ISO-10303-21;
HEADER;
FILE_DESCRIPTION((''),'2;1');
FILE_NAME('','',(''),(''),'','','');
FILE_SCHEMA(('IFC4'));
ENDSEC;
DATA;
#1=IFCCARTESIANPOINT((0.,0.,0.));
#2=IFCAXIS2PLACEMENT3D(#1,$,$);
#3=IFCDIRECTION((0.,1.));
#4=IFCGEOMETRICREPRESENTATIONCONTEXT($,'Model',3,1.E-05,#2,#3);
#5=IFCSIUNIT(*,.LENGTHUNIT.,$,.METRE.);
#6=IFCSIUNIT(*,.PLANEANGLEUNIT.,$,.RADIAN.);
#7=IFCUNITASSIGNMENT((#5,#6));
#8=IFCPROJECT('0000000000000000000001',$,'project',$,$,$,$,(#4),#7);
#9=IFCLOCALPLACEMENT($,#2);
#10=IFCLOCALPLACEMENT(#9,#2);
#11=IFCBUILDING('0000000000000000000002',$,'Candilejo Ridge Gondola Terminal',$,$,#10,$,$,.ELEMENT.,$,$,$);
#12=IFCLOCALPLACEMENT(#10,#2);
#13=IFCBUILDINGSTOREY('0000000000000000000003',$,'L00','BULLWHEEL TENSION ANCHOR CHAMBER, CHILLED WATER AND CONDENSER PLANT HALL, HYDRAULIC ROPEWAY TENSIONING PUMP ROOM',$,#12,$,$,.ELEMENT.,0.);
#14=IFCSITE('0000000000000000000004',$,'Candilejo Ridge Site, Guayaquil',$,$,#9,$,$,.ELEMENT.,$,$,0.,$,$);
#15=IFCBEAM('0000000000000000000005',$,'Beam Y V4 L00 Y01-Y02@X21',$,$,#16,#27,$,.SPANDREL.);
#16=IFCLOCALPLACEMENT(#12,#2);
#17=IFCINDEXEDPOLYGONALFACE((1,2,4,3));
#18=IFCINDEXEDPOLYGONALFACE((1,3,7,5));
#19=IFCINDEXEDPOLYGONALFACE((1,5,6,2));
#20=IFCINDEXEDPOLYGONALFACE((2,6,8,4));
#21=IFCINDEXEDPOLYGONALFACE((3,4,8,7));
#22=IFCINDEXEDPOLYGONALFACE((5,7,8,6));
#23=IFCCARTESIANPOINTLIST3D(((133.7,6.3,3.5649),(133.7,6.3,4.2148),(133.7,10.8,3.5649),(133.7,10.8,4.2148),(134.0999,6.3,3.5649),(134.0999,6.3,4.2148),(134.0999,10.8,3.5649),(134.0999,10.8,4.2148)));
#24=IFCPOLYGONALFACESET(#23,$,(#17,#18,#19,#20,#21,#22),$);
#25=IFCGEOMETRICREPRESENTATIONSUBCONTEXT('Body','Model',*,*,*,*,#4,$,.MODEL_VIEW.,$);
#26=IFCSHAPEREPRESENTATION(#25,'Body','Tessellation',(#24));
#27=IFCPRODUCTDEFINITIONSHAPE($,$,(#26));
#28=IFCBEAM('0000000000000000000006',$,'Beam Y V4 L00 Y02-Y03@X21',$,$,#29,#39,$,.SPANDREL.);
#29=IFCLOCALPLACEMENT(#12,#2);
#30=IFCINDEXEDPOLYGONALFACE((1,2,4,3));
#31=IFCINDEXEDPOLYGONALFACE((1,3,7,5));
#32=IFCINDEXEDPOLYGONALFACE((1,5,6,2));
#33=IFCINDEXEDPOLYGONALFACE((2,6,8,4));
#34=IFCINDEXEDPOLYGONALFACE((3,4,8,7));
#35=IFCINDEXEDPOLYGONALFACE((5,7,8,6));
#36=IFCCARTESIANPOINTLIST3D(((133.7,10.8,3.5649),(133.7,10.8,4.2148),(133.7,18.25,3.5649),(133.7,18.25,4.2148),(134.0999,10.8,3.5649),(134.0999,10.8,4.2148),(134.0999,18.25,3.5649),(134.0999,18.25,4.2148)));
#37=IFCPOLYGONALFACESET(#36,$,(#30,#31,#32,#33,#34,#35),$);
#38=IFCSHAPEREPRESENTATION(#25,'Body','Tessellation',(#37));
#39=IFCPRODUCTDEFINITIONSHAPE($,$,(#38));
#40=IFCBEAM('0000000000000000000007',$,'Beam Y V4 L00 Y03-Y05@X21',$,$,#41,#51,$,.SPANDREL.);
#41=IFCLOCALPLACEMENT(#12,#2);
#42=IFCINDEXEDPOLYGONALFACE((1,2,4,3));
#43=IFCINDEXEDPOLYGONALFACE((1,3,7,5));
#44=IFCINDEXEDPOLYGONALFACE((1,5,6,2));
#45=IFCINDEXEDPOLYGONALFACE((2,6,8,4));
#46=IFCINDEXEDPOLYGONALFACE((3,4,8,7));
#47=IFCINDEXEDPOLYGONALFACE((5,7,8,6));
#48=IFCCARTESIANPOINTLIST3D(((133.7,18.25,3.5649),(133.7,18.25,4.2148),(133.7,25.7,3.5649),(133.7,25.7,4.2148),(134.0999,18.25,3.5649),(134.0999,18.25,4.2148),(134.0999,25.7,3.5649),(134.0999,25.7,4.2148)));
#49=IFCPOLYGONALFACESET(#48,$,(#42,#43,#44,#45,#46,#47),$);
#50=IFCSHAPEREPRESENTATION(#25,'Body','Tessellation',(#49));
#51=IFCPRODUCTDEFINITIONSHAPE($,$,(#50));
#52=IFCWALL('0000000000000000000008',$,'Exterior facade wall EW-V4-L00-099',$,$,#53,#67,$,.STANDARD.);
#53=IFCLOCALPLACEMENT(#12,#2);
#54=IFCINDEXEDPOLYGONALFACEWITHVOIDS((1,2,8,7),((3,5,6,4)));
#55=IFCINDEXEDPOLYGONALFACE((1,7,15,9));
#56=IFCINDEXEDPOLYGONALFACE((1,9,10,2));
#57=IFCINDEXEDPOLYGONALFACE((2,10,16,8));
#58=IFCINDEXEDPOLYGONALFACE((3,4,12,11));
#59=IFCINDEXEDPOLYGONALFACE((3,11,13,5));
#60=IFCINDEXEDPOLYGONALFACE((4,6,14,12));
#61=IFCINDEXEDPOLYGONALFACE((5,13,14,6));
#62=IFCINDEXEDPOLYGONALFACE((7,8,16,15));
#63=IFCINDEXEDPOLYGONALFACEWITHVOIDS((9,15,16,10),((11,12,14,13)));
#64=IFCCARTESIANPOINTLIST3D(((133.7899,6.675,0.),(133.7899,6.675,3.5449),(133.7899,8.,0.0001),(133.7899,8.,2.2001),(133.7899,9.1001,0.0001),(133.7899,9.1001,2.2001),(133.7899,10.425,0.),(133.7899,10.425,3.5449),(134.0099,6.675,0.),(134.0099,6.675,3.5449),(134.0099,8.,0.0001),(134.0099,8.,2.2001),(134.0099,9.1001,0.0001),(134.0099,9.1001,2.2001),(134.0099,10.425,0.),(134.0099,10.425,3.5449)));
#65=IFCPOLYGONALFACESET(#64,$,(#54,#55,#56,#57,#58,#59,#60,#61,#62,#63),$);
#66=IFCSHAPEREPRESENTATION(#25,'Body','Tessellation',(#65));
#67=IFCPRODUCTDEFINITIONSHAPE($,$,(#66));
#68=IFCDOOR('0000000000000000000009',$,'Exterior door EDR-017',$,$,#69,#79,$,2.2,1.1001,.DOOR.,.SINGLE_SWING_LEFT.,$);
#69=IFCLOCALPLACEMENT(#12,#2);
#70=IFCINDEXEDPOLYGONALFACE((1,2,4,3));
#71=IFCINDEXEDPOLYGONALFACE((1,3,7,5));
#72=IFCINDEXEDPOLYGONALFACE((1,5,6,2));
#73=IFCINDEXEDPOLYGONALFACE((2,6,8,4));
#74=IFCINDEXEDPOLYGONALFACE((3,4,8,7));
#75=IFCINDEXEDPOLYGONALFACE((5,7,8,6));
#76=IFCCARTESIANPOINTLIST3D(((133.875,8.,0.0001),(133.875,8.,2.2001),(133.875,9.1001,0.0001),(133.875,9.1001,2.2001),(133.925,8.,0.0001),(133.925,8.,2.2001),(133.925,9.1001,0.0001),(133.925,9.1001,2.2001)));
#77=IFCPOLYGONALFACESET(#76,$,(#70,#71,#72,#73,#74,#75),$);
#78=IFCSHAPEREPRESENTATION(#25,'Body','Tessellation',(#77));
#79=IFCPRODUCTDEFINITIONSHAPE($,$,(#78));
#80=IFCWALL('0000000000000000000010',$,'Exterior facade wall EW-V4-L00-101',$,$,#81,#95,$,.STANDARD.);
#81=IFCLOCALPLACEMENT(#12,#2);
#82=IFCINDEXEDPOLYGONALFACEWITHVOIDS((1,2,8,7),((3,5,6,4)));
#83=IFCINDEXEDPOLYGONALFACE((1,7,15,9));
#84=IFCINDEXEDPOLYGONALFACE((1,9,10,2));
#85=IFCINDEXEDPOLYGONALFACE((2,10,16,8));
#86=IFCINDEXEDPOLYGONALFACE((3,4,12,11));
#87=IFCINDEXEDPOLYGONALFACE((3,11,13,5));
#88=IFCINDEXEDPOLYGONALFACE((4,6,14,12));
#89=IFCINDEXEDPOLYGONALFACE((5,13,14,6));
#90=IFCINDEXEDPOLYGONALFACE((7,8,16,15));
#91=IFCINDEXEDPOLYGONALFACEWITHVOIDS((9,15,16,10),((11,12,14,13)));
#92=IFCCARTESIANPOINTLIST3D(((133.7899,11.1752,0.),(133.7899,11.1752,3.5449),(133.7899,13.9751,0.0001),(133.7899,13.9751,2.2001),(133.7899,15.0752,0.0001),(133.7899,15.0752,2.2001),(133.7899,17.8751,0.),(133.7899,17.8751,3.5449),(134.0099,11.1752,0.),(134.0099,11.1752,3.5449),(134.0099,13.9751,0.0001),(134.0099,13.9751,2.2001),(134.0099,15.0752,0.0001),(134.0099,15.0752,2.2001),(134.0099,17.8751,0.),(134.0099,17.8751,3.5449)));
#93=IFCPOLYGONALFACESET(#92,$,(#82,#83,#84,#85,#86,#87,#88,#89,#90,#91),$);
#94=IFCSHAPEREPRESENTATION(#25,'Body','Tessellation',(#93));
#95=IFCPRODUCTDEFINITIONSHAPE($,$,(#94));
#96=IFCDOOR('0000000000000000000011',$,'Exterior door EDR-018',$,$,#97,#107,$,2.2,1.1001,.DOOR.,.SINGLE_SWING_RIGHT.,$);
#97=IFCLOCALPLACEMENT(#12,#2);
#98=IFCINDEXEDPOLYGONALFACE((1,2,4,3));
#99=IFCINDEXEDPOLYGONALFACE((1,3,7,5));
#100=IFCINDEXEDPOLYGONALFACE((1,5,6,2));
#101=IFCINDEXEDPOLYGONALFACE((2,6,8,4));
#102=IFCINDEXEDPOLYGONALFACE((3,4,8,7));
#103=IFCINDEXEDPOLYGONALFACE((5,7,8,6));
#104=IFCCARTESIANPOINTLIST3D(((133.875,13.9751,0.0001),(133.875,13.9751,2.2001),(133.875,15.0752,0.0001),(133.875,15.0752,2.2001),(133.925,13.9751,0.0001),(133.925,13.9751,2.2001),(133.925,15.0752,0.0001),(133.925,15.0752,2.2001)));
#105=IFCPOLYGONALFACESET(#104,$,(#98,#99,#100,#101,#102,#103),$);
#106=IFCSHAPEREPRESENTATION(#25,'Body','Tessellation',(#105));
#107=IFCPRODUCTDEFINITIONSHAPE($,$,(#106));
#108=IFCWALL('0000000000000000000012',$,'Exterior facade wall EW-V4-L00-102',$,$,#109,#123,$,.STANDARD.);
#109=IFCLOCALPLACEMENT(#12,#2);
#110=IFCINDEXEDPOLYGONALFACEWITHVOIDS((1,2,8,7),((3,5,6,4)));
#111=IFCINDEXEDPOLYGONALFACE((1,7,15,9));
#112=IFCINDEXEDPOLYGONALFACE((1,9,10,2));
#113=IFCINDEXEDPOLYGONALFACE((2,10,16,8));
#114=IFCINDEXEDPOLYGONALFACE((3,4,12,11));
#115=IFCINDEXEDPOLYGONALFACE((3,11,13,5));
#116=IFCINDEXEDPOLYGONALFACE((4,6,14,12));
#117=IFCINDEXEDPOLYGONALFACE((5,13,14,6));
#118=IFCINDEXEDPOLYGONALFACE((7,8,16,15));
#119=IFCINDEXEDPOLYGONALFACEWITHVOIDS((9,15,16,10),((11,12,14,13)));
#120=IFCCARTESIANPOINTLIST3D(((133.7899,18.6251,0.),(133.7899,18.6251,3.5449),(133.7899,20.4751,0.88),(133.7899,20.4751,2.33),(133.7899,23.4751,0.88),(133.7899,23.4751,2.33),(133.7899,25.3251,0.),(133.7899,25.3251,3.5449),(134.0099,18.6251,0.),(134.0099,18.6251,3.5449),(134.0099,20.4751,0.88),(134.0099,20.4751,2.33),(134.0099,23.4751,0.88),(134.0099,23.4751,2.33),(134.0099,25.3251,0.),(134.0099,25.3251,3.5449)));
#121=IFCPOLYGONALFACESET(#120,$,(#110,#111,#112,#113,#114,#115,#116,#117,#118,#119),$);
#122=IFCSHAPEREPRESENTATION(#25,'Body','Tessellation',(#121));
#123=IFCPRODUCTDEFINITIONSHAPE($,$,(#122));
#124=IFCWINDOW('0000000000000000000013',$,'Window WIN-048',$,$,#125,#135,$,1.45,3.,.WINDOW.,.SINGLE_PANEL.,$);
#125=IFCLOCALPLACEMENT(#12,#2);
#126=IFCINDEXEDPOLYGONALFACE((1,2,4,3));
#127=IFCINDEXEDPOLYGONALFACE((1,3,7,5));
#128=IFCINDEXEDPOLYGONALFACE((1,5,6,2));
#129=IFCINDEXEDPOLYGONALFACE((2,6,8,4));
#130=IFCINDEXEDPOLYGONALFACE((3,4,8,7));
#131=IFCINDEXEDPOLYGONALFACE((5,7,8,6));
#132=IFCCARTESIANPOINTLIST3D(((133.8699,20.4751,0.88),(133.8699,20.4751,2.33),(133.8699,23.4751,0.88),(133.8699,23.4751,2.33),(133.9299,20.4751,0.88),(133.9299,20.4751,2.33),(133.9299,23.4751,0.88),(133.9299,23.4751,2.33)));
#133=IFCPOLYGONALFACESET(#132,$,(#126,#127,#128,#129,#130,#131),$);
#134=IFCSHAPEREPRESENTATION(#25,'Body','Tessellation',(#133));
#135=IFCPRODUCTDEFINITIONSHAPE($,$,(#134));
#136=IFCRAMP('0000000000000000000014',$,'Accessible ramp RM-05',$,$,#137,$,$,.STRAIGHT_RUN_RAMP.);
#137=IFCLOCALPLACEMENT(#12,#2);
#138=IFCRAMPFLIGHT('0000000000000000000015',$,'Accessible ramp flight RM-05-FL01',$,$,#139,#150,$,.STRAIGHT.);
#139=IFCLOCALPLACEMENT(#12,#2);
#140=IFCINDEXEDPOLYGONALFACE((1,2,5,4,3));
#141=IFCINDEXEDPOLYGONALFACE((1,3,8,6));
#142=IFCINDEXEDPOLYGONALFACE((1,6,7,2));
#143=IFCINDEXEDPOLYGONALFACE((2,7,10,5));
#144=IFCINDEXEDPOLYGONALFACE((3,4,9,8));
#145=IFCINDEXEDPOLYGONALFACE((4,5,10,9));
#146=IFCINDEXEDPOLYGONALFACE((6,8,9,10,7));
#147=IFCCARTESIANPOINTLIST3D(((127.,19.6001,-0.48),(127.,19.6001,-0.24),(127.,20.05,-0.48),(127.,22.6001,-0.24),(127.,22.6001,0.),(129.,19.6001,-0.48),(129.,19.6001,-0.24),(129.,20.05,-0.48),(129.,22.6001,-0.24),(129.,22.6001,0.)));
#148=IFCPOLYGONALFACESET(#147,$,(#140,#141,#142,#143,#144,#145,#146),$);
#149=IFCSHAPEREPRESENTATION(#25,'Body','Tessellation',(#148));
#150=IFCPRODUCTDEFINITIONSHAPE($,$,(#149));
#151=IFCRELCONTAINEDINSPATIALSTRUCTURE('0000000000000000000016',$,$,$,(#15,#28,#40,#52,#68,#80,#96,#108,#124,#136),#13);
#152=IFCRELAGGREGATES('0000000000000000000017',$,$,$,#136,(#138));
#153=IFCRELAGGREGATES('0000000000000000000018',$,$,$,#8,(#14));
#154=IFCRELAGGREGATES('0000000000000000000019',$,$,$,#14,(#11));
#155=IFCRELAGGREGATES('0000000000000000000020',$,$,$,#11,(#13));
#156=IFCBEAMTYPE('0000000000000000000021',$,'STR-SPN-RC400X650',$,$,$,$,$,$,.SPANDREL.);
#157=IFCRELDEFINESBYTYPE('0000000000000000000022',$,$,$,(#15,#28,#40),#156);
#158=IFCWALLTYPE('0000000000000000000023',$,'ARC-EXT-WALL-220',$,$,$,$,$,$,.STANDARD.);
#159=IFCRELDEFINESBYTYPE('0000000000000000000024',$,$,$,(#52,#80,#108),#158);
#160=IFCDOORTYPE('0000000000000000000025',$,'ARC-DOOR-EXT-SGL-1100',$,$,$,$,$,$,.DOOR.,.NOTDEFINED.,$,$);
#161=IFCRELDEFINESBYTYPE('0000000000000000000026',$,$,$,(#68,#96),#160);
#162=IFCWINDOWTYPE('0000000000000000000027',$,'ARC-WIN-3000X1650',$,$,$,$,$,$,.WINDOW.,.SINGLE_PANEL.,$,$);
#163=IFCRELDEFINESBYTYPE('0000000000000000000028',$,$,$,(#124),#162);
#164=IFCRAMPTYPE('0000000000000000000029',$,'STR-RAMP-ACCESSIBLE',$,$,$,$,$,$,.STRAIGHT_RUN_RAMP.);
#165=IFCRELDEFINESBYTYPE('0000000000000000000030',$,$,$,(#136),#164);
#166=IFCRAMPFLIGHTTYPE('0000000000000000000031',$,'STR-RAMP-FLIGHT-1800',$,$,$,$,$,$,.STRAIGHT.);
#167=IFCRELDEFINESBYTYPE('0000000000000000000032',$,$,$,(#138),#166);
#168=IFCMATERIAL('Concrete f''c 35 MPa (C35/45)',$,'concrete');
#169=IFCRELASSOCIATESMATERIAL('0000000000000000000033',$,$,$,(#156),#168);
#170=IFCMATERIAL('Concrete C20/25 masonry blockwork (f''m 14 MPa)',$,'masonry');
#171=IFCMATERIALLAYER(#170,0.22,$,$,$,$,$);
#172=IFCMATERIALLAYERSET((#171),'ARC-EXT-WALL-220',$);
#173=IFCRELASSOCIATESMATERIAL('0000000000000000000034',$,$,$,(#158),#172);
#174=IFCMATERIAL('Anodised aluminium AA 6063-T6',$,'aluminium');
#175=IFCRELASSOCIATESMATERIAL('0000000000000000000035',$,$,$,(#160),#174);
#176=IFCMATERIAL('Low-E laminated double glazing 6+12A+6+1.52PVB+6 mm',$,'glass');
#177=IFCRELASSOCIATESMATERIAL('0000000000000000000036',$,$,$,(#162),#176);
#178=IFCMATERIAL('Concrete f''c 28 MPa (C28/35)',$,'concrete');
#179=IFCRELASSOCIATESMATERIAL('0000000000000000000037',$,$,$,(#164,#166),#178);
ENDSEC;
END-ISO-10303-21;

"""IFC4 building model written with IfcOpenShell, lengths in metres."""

from ifc_helpers import new_model, si_unit, direction, frame, frame_2d, origin, origin_2d, place, context, subcontext, project, spatial, polyline, rectangle, outline, extrude, material, layer, layer_set, material_profile, profile_set, type_object, element, fill, aggregate, save


model = new_model("IFC4")

# Units and contexts
model_context = context("Model", 3, precision=1e-05, world=origin(), true_north=direction((0.0, 1.0)))
body_context = subcontext(model_context, "Body", "Model", "MODEL_VIEW")
ifc_project = project(units=[si_unit("LENGTHUNIT", "METRE"), si_unit("PLANEANGLEUNIT", "RADIAN")], contexts=[model_context])

# Site, building, storey
site_placement = place(None, origin())
site = spatial("IfcSite", under=ifc_project, at=site_placement, Name="Candilejo Ridge Site, Guayaquil", CompositionType="ELEMENT", RefElevation=0.0)
building_placement = place(site_placement, origin())
building = spatial("IfcBuilding", under=site, at=building_placement, Name="Candilejo Ridge Gondola Terminal", CompositionType="ELEMENT")
storey_placement = place(building_placement, origin())
storey = spatial("IfcBuildingStorey", under=building, at=storey_placement, Name="L00", Description="BULLWHEEL TENSION ANCHOR CHAMBER, CHILLED WATER AND CONDENSER PLANT HALL, HYDRAULIC ROPEWAY TENSIONING PUMP ROOM", CompositionType="ELEMENT", Elevation=0.0)

# Beams
ifc_material_1 = material(Name="Concrete f'c 35 MPa (C35/45)", Category="concrete")
ifc_material_profile_1 = material_profile(ifc_material_1, rectangle(XDim=0.3999, YDim=0.6499, at=origin_2d()))
ifc_profile_set_1 = profile_set([ifc_material_profile_1], Name="Concrete f'c 35 MPa (C35/45)")
beam_type_1 = type_object("IfcBeamType", Name="STR-SPN-RC400X650", PredefinedType="SPANDREL", material=ifc_profile_set_1)
beam_1_placement = place(storey_placement, frame((133.8999, 6.3, 3.8899), z_axis=(0.0, 1.0, 0.0), x_axis=(-1.0, 0.0, 0.0)))
element("IfcBeam", 1, at=beam_1_placement, inside=storey, type_object=beam_type_1, Name="Beam Y V4 L00 Y01-Y02@X21", PredefinedType="SPANDREL", context=body_context, shape_type="SweptSolid", body=[
    extrude(rectangle(XDim=0.3999, YDim=0.6499, at=origin_2d()), origin(), (0.0, 0.0, 1.0), 4.5),
])
for number, where, z_axis, x_axis, name in (
    (2, (133.8999, 10.8, 3.8899), (0.0, 1.0, 0.0), (-1.0, 0.0, 0.0), "Beam Y V4 L00 Y02-Y03@X21"),
    (3, (133.8999, 18.25, 3.8899), (0.0, 1.0, 0.0), (-1.0, 0.0, 0.0), "Beam Y V4 L00 Y03-Y05@X21"),
):
    element("IfcBeam", number, at=place(storey_placement, frame(where, z_axis=z_axis, x_axis=x_axis)), inside=storey, type_object=beam_type_1, Name=name, PredefinedType="SPANDREL", context=body_context, shape_type="SweptSolid", body=[
        extrude(rectangle(XDim=0.3999, YDim=0.6499, at=origin_2d()), origin(), (0.0, 0.0, 1.0), 7.45),
    ])

# Walls, openings, doors
ifc_material_2 = material(Name="Concrete C20/25 masonry blockwork (f'm 14 MPa)", Category="masonry")
ifc_layer_1 = layer(ifc_material_2, 0.22)
ifc_layer_set_1 = layer_set([ifc_layer_1], Name="ARC-EXT-WALL-220")
wall_type = type_object("IfcWallType", Name="ARC-EXT-WALL-220", PredefinedType="STANDARD", material=ifc_layer_set_1)
wall_1_placement = place(storey_placement, frame((133.8999, 6.675, 0.0), z_axis=(0.0, 0.0, 1.0), x_axis=(0.0, 1.0, 0.0)))
wall_1 = element("IfcWall", 4, at=wall_1_placement, inside=storey, type_object=wall_type, Name="Exterior facade wall EW-V4-L00-099", PredefinedType="STANDARD", context=body_context, shape_type="SweptSolid", body=[
    extrude(rectangle(XDim=3.75, YDim=0.22, at=frame_2d((1.875, 0.0))), origin(), (0.0, 0.0, 1.0), 3.5449),
])
opening_1_placement = place(wall_1_placement, frame((1.325, 0.0, 0.0)))
opening_1 = element("IfcOpeningElement", 5, at=opening_1_placement, cuts=wall_1, PredefinedType="OPENING", context=body_context, shape_type="SweptSolid", body=[
    extrude(rectangle(XDim=1.1001, YDim=2.2, at=frame_2d((0.55, 1.1001))), frame((0.0, 0.1199, 0.0), z_axis=(0.0, -1.0, 0.0), x_axis=(1.0, 0.0, 0.0)), (0.0, 0.0, 1.0), 0.24),
])
ifc_material_3 = material(Name="Anodised aluminium AA 6063-T6", Category="aluminium")
door_type = type_object("IfcDoorType", Name="ARC-DOOR-EXT-SGL-1100", OperationType="NOTDEFINED", PredefinedType="DOOR", material=ifc_material_3)
door_1_placement = place(opening_1_placement, origin())
door_1 = element("IfcDoor", 6, at=door_1_placement, inside=storey, type_object=door_type, Name="Exterior door EDR-017", OperationType="SINGLE_SWING_LEFT", OverallHeight=2.2, OverallWidth=1.1001, PredefinedType="DOOR", context=body_context, shape_type="SweptSolid", body=[
    extrude(rectangle(XDim=1.1001, YDim=2.2, at=frame_2d((0.55, 1.1001))), frame((0.0, 0.0249, 0.0), z_axis=(0.0, -1.0, 0.0), x_axis=(1.0, 0.0, 0.0)), (0.0, 0.0, 1.0), 0.05),
])
fill(opening_1, door_1)
wall_2_placement = place(storey_placement, frame((133.8999, 11.175, 0.0), z_axis=(0.0, 0.0, 1.0), x_axis=(0.0, 1.0, 0.0)))
wall_2 = element("IfcWall", 7, at=wall_2_placement, inside=storey, type_object=wall_type, Name="Exterior facade wall EW-V4-L00-101", PredefinedType="STANDARD", context=body_context, shape_type="SweptSolid", body=[
    extrude(rectangle(XDim=6.7, YDim=0.22, at=frame_2d((3.3501, 0.0))), origin(), (0.0, 0.0, 1.0), 3.5449),
])
opening_2_placement = place(wall_2_placement, frame((2.8, 0.0, 0.0)))
opening_2 = element("IfcOpeningElement", 8, at=opening_2_placement, cuts=wall_2, PredefinedType="OPENING", context=body_context, shape_type="SweptSolid", body=[
    extrude(rectangle(XDim=1.1001, YDim=2.2, at=frame_2d((0.55, 1.1001))), frame((0.0, 0.1199, 0.0), z_axis=(0.0, -1.0, 0.0), x_axis=(1.0, 0.0, 0.0)), (0.0, 0.0, 1.0), 0.24),
])
door_2_placement = place(opening_2_placement, origin())
door_2 = element("IfcDoor", 9, at=door_2_placement, inside=storey, type_object=door_type, Name="Exterior door EDR-018", OperationType="SINGLE_SWING_RIGHT", OverallHeight=2.2, OverallWidth=1.1001, PredefinedType="DOOR", context=body_context, shape_type="SweptSolid", body=[
    extrude(rectangle(XDim=1.1001, YDim=2.2, at=frame_2d((0.55, 1.1001))), frame((0.0, 0.0249, 0.0), z_axis=(0.0, -1.0, 0.0), x_axis=(1.0, 0.0, 0.0)), (0.0, 0.0, 1.0), 0.05),
])
fill(opening_2, door_2)

# Wall, opening, window
wall_3_placement = place(storey_placement, frame((133.8999, 18.625, 0.0), z_axis=(0.0, 0.0, 1.0), x_axis=(0.0, 1.0, 0.0)))
wall_3 = element("IfcWall", 10, at=wall_3_placement, inside=storey, type_object=wall_type, Name="Exterior facade wall EW-V4-L00-102", PredefinedType="STANDARD", context=body_context, shape_type="SweptSolid", body=[
    extrude(rectangle(XDim=6.7, YDim=0.22, at=frame_2d((3.3501, 0.0))), origin(), (0.0, 0.0, 1.0), 3.5449),
])
opening_3_placement = place(wall_3_placement, frame((1.8501, 0.0, 0.8799)))
opening_3 = element("IfcOpeningElement", 11, at=opening_3_placement, cuts=wall_3, PredefinedType="OPENING", context=body_context, shape_type="SweptSolid", body=[
    extrude(rectangle(XDim=3.0, YDim=1.45, at=frame_2d((1.5, 0.7251))), frame((0.0, 0.1199, 0.0), z_axis=(0.0, -1.0, 0.0), x_axis=(1.0, 0.0, 0.0)), (0.0, 0.0, 1.0), 0.24),
])
ifc_material_4 = material(Name="Low-E laminated double glazing 6+12A+6+1.52PVB+6 mm", Category="glass")
window_type = type_object("IfcWindowType", Name="ARC-WIN-3000X1650", PartitioningType="SINGLE_PANEL", PredefinedType="WINDOW", material=ifc_material_4)
window_placement = place(opening_3_placement, origin())
window = element("IfcWindow", 12, at=window_placement, inside=storey, type_object=window_type, Name="Window WIN-048", OverallHeight=1.45, OverallWidth=3.0, PartitioningType="SINGLE_PANEL", PredefinedType="WINDOW", context=body_context, shape_type="SweptSolid", body=[
    extrude(rectangle(XDim=3.0, YDim=1.45, at=frame_2d((1.5, 0.7251))), frame((0.0, 0.03, 0.0), z_axis=(0.0, -1.0, 0.0), x_axis=(1.0, 0.0, 0.0)), (0.0, 0.0, 1.0), 0.0601),
])
fill(opening_3, window)

# Ramp, ramp flight
ifc_material_5 = material(Name="Concrete f'c 28 MPa (C28/35)", Category="concrete")
ramp_type = type_object("IfcRampType", Name="STR-RAMP-ACCESSIBLE", PredefinedType="STRAIGHT_RUN_RAMP", material=ifc_material_5)
ramp_placement = place(storey_placement, origin())
ramp = element("IfcRamp", 13, at=ramp_placement, inside=storey, type_object=ramp_type, Name="Accessible ramp RM-05", PredefinedType="STRAIGHT_RUN_RAMP")
ramp_flight_type = type_object("IfcRampFlightType", Name="STR-RAMP-FLIGHT-1800", PredefinedType="STRAIGHT", material=ifc_material_5)
ramp_flight_placement = place(storey_placement, frame((128.0, 19.6001, -0.24), z_axis=(0.0, 0.0, 1.0), x_axis=(0.0, 1.0, 0.0)))
ramp_flight = element("IfcRampFlight", 14, at=ramp_flight_placement, type_object=ramp_flight_type, Name="Accessible ramp flight RM-05-FL01", PredefinedType="STRAIGHT", context=body_context, shape_type="SweptSolid", body=[
    extrude(outline(polyline([(0.0, -0.24), (0.45, -0.24), (3.0, 0.0), (3.0, 0.24), (0.0, 0.0), (0.0, -0.24)])), frame((0.0, 1.0, 0.0), z_axis=(0.0, -1.0, 0.0), x_axis=(1.0, 0.0, 0.0)), (0.0, 0.0, 1.0), 2.0),
])
aggregate(ramp, [ramp_flight])

save(model, "model.ifc")
